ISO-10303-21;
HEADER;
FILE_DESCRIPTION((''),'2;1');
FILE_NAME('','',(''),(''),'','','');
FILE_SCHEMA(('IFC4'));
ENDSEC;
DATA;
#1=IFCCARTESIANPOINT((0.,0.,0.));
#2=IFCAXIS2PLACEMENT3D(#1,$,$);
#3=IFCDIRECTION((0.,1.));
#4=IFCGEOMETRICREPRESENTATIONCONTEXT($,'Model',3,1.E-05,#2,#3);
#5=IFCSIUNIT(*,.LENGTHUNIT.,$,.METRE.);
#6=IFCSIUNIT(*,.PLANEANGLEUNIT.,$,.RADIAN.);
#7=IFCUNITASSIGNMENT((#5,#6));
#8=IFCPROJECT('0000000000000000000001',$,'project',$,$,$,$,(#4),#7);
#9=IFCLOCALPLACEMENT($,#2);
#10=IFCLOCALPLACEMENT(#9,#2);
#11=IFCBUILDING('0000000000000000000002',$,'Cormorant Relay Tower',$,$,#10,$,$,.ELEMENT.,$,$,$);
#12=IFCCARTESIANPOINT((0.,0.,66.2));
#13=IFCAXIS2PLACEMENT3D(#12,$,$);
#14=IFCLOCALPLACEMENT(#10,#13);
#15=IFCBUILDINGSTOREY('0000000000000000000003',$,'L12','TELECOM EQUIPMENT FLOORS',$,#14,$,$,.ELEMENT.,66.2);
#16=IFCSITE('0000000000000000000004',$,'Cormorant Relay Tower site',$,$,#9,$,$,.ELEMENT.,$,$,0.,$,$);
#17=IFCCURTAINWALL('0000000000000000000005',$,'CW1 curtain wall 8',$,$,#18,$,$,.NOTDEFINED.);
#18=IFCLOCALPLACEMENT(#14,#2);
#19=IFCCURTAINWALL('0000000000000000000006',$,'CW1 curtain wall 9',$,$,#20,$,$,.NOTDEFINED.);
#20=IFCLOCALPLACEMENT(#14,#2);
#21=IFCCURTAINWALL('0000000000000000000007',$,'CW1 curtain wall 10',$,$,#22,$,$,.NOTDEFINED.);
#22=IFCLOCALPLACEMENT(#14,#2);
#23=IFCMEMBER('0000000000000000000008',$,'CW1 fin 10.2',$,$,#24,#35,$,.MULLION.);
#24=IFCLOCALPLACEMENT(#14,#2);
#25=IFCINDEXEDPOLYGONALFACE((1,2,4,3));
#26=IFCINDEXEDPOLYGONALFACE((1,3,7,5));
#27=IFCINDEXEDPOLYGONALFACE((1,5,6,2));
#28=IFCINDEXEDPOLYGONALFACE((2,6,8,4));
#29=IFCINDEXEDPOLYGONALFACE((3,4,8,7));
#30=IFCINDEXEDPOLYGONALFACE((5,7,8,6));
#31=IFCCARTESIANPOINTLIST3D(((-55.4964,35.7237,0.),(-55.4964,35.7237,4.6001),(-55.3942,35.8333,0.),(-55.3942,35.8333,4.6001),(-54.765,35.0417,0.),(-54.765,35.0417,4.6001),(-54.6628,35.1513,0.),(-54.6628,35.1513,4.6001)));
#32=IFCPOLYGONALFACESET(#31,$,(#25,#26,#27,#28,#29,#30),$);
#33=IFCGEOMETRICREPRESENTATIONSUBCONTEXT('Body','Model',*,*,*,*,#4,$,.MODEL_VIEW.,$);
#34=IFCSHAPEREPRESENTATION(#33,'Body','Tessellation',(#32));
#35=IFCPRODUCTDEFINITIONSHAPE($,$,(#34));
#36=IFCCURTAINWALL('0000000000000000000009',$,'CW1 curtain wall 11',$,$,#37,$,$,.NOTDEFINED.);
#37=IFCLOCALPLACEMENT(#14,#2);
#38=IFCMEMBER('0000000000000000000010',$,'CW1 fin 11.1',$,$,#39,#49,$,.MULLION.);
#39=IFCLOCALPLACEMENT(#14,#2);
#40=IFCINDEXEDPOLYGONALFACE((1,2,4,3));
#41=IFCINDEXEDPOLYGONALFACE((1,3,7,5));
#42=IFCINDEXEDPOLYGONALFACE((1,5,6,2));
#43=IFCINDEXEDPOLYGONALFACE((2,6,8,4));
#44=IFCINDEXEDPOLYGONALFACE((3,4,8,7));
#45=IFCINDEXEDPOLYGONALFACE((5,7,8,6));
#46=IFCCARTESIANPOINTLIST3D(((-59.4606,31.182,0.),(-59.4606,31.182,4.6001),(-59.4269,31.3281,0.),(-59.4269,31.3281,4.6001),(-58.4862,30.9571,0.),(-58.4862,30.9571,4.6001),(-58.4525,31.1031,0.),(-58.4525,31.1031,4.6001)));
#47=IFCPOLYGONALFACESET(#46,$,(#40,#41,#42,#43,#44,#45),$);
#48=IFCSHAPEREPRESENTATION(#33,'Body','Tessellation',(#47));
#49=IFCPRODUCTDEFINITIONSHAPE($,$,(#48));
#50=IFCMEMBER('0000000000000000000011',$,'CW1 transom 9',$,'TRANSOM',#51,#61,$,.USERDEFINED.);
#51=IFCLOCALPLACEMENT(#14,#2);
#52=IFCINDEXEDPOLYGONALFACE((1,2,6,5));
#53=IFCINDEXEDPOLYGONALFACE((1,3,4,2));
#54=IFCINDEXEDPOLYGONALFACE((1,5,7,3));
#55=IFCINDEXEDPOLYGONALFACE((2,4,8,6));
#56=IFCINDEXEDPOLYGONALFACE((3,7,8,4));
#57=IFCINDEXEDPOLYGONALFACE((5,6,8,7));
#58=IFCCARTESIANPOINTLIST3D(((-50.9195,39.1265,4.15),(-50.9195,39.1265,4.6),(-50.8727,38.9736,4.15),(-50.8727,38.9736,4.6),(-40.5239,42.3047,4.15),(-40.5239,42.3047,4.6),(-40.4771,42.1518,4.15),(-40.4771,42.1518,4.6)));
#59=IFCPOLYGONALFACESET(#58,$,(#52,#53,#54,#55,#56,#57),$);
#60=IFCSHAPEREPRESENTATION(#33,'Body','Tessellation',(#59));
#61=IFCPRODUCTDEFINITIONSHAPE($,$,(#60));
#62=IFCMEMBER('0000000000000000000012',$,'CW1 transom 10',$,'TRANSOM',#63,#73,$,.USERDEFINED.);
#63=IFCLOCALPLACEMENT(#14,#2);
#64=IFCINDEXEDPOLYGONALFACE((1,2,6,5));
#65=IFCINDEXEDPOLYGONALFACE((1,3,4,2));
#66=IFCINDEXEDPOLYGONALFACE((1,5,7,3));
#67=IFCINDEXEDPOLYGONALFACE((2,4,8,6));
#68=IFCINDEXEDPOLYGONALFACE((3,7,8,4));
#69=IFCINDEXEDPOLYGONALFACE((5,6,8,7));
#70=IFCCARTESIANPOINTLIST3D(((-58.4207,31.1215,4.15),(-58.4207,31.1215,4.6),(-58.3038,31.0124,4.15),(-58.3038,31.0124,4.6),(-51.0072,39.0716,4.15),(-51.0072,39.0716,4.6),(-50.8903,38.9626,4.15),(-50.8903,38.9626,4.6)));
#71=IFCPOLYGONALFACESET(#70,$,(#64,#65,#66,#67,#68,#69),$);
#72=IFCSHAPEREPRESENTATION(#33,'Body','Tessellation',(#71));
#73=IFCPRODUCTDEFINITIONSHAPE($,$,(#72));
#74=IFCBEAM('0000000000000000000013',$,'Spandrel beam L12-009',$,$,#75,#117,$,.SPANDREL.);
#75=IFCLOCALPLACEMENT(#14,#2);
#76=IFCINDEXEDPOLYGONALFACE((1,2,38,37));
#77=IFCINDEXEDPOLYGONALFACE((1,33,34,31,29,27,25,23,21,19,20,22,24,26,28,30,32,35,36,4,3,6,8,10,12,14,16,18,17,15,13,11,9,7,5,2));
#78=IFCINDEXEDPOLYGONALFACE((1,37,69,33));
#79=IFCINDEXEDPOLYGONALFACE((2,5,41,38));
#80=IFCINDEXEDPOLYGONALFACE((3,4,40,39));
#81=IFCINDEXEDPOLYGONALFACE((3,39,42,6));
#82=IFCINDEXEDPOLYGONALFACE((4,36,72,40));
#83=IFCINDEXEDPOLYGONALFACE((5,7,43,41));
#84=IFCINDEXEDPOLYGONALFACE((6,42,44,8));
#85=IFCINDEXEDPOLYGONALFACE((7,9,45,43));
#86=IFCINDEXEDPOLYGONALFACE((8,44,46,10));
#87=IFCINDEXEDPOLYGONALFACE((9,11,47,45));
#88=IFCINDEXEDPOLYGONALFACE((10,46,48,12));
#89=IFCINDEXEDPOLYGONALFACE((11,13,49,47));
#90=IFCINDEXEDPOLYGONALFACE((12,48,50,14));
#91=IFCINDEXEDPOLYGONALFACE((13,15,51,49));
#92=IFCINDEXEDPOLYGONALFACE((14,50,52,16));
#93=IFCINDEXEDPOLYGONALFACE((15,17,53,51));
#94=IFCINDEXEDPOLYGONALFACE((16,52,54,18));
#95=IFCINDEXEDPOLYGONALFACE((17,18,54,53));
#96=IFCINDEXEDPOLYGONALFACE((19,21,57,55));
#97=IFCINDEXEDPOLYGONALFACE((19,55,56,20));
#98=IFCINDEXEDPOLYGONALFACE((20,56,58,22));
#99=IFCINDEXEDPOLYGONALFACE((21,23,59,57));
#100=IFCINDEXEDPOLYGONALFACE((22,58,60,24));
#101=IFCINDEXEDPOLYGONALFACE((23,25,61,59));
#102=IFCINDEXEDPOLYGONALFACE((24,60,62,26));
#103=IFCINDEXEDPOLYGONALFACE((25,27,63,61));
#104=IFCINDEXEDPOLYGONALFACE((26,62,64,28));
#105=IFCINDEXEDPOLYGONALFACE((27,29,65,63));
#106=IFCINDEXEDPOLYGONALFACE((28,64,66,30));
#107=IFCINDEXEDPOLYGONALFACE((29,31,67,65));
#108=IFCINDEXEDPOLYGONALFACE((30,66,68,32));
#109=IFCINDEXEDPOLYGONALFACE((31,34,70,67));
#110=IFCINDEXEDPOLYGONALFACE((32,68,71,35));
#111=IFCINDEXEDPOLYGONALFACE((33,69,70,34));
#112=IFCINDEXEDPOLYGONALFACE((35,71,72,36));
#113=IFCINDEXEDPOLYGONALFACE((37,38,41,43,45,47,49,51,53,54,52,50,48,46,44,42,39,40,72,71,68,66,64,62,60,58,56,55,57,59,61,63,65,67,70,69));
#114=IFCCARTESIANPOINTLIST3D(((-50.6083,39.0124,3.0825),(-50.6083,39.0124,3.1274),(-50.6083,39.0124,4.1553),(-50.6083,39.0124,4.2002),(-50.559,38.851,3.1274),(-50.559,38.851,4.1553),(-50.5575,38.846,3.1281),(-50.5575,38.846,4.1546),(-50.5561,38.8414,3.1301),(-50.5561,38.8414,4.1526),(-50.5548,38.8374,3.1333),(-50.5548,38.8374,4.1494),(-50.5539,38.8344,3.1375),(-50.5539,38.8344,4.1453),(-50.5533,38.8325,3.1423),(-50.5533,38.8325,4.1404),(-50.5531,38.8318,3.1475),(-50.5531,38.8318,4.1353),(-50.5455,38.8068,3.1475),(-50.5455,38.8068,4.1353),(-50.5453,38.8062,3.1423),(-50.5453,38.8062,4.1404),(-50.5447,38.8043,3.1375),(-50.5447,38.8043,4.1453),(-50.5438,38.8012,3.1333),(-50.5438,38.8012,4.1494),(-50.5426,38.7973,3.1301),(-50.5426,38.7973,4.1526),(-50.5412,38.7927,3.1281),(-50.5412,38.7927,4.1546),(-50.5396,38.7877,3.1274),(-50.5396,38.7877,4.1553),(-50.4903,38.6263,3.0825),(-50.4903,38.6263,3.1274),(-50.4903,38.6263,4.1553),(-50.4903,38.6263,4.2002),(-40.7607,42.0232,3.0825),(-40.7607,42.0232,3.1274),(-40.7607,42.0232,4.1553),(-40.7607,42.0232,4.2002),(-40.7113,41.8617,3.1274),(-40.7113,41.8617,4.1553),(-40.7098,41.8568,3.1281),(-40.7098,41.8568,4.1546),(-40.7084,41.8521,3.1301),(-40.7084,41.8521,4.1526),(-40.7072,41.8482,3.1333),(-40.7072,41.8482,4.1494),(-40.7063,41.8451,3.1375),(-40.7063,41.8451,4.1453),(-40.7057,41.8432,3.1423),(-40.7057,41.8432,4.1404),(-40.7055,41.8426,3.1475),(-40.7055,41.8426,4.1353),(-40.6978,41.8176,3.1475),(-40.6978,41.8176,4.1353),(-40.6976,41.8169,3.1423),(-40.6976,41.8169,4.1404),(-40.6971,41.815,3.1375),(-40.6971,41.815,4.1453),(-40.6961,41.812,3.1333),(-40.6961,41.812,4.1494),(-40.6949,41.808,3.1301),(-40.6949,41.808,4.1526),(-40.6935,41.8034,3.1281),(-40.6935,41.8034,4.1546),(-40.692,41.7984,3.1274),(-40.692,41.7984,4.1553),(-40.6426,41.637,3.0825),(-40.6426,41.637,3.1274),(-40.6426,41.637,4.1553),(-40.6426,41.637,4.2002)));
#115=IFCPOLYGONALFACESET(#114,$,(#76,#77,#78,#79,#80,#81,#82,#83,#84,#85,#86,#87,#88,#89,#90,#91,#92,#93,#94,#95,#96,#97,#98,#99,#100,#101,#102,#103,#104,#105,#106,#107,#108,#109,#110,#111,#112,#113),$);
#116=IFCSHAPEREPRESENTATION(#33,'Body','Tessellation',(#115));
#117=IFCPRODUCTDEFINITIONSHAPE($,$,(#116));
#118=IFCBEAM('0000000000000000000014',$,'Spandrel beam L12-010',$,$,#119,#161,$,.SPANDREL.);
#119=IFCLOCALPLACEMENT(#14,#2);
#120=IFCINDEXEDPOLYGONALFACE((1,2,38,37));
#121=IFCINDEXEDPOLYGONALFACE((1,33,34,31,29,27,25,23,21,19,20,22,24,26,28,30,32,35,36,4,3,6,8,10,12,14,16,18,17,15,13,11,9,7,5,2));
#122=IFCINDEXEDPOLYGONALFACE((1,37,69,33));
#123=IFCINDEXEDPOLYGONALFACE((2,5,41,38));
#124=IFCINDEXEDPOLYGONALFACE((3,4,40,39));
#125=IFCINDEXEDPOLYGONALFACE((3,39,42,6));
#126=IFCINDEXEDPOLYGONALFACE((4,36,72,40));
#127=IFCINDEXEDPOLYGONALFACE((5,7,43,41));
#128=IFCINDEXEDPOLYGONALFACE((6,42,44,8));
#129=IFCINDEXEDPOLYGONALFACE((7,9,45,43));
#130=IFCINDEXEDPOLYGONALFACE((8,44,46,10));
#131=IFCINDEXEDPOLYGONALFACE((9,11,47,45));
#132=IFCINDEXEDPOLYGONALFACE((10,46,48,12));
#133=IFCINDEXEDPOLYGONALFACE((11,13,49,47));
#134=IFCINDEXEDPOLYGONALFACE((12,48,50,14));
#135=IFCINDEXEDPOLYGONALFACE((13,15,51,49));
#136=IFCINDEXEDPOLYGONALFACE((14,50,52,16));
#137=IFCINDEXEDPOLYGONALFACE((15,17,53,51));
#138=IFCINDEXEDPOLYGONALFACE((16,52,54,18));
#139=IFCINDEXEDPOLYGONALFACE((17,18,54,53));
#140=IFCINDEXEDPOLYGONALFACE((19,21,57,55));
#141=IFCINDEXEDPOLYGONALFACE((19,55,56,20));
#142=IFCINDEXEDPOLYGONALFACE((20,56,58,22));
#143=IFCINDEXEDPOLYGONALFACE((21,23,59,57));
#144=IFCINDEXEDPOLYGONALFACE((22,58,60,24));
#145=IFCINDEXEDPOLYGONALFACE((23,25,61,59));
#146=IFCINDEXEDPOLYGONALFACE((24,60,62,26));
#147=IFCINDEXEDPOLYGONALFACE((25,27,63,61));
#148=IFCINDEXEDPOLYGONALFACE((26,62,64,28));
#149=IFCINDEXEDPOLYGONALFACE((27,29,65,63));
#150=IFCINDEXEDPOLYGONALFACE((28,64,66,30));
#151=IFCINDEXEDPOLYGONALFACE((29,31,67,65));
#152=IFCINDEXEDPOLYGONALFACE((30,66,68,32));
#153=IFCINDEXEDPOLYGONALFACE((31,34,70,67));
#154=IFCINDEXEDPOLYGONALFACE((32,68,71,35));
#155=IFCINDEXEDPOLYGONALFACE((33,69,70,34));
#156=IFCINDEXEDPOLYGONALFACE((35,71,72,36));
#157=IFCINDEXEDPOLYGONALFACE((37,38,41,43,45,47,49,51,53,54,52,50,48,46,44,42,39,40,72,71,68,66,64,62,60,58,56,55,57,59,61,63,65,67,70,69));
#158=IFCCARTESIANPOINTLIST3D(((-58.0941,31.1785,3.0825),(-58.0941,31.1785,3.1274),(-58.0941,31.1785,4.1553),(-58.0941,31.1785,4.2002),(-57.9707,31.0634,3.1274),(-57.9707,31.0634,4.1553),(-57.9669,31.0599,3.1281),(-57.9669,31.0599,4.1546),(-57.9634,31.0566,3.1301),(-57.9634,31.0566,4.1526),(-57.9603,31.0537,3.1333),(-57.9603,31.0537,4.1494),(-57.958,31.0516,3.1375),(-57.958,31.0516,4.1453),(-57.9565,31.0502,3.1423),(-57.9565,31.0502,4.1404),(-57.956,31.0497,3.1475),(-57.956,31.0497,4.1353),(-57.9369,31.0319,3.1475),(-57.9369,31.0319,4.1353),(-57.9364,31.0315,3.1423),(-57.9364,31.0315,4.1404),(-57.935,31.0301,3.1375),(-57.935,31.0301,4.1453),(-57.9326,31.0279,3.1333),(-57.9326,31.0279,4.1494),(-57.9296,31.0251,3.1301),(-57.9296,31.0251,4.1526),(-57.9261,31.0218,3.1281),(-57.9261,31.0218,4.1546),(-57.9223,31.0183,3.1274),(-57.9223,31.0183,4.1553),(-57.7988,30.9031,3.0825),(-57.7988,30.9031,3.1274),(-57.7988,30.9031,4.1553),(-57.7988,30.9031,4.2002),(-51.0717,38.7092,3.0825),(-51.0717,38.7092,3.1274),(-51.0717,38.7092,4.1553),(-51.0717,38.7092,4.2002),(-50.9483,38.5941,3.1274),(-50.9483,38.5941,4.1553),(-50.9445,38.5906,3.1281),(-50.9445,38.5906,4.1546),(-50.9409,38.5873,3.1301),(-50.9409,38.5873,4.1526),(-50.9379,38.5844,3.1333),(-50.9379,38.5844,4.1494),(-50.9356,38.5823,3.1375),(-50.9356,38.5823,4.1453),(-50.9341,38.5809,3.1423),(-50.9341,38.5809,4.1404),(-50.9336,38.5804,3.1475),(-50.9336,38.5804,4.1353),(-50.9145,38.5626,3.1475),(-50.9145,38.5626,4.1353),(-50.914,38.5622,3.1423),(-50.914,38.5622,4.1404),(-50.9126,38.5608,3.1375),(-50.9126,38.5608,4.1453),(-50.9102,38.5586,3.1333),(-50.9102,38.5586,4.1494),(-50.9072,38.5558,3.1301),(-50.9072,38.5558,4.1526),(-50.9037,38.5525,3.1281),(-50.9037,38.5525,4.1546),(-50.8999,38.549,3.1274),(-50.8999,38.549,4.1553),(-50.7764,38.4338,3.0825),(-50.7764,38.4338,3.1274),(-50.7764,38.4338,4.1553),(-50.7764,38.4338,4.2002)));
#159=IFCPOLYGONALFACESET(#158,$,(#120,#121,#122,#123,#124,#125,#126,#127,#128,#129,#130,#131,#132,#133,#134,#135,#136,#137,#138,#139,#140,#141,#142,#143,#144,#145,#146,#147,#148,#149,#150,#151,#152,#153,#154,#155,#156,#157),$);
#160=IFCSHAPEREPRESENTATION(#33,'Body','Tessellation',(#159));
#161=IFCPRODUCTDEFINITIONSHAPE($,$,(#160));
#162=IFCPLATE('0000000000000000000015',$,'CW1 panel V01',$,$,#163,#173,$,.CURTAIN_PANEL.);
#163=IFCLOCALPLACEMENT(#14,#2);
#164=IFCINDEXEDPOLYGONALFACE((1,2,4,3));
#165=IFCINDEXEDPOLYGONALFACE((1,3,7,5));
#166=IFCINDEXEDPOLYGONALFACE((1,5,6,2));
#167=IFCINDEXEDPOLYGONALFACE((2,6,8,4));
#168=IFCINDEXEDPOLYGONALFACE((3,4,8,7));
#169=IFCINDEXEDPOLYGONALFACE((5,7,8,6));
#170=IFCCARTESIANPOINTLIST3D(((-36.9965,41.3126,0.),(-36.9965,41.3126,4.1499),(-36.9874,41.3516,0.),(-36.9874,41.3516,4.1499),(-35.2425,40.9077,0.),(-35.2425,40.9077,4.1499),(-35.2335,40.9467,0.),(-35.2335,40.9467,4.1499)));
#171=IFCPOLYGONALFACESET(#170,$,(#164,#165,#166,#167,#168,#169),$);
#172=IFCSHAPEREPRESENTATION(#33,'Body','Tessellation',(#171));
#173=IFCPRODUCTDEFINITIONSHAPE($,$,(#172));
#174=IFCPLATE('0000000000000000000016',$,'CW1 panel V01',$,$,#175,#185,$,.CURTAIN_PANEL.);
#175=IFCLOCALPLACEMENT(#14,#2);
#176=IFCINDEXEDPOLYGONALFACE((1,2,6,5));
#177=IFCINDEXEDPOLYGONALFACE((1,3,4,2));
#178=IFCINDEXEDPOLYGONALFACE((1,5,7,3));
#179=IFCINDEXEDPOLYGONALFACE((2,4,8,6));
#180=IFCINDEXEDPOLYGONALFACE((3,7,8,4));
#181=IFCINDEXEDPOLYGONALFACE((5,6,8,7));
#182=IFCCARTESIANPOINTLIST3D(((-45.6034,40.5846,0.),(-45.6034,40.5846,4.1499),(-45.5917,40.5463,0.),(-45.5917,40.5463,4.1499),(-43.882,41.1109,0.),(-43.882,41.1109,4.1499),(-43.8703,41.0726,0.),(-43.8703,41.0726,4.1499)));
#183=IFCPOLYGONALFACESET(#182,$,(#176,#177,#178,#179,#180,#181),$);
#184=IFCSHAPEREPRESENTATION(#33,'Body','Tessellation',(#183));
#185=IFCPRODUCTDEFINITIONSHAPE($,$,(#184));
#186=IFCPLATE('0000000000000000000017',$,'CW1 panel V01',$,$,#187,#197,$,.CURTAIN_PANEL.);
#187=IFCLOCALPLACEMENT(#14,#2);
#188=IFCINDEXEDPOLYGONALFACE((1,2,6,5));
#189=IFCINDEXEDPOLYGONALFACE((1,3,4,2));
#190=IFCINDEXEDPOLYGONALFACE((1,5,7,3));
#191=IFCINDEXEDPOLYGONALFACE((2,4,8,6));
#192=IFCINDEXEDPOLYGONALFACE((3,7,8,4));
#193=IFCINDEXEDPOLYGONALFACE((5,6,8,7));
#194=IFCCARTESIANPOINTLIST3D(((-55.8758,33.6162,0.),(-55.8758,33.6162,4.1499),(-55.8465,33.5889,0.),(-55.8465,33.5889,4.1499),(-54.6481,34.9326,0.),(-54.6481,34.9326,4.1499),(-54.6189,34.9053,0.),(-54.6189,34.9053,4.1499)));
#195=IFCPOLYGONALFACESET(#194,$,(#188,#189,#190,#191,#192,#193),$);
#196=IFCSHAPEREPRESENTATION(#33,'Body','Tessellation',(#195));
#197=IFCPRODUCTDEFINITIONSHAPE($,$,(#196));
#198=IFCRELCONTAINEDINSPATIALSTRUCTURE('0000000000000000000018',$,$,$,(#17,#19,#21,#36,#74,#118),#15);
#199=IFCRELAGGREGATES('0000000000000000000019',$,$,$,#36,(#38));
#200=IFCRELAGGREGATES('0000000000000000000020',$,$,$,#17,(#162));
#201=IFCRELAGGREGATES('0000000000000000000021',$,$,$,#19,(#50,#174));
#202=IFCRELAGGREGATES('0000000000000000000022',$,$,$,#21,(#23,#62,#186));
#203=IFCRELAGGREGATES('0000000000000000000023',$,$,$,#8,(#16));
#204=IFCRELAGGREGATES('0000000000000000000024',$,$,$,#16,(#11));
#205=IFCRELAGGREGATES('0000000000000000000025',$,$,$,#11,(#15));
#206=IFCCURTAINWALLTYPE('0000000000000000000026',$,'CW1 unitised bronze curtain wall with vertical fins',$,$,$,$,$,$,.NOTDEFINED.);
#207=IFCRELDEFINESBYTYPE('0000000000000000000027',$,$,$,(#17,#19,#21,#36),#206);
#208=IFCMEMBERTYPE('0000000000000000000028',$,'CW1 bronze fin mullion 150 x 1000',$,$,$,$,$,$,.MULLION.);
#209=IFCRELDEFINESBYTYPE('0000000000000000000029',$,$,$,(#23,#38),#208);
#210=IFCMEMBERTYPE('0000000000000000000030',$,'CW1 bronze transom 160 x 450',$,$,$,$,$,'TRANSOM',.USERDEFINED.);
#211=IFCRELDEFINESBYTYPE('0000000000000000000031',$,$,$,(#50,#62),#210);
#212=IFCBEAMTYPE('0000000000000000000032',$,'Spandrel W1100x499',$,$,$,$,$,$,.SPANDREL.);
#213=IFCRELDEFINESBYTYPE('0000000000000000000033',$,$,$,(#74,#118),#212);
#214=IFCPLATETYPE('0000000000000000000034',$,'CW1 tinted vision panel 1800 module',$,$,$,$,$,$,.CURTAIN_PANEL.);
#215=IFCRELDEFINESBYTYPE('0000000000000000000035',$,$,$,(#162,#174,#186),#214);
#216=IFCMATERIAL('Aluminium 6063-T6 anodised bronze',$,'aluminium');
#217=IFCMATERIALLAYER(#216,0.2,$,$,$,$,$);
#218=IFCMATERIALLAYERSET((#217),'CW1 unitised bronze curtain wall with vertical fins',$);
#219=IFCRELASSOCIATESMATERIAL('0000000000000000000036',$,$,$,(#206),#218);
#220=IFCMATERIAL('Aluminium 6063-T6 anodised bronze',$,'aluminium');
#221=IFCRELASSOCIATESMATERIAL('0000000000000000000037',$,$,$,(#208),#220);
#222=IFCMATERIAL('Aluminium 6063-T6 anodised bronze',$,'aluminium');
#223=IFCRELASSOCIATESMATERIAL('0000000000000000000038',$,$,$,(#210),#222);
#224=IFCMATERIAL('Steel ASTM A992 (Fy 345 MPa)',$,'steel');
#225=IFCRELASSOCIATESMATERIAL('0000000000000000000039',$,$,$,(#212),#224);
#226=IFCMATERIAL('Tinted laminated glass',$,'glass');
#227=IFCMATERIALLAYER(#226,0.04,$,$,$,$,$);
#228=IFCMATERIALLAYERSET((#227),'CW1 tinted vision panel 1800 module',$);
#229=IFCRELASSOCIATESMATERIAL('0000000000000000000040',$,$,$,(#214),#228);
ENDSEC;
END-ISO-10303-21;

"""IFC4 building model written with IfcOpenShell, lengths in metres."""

from ifc_helpers import new_model, si_unit, direction, frame, origin, origin_2d, place, context, subcontext, project, spatial, rectangle, i_section, extrude, material, layer, layer_set, material_profile, profile_set, type_object, element, aggregate, save


model = new_model("IFC4")

# Units and contexts
model_context = context("Model", 3, precision=1e-05, world=origin(), true_north=direction((0.0, 1.0)))
body_context = subcontext(model_context, "Body", "Model", "MODEL_VIEW")
ifc_project = project(units=[si_unit("LENGTHUNIT", "METRE"), si_unit("PLANEANGLEUNIT", "RADIAN")], contexts=[model_context])

# Site, building, storey
site_placement = place(None, origin())
site = spatial("IfcSite", under=ifc_project, at=site_placement, Name="Cormorant Relay Tower site", CompositionType="ELEMENT", RefElevation=0.0)
building_placement = place(site_placement, origin())
building = spatial("IfcBuilding", under=site, at=building_placement, Name="Cormorant Relay Tower", CompositionType="ELEMENT")
storey_placement = place(building_placement, frame((0.0, 0.0, 66.2)))
storey = spatial("IfcBuildingStorey", under=building, at=storey_placement, Name="L12", Description="TELECOM EQUIPMENT FLOORS", CompositionType="ELEMENT", Elevation=66.2)

# Curtain wall
ifc_material_1 = material(Name="Aluminium 6063-T6 anodised bronze", Category="aluminium")
ifc_layer_1 = layer(ifc_material_1, 0.2)
ifc_layer_set_1 = layer_set([ifc_layer_1], Name="CW1 unitised bronze curtain wall with vertical fins")
curtain_wall_type = type_object("IfcCurtainWallType", Name="CW1 unitised bronze curtain wall with vertical fins", PredefinedType="NOTDEFINED", material=ifc_layer_set_1)
curtain_wall_1_placement = place(storey_placement, origin())
curtain_wall_1 = element("IfcCurtainWall", 1, at=curtain_wall_1_placement, inside=storey, type_object=curtain_wall_type, Name="CW1 curtain wall 8", PredefinedType="NOTDEFINED")
ifc_material_2 = material(Name="Aluminium 6063-T6 anodised bronze", Category="aluminium")
ifc_material_profile_1 = material_profile(ifc_material_2, rectangle(XDim=0.1499, YDim=1.0, at=origin_2d()), Name="AL 150x1000")
ifc_profile_set_1 = profile_set([ifc_material_profile_1], Name="Aluminium 6063-T6 anodised bronze")
member_type_1 = type_object("IfcMemberType", Name="CW1 bronze fin mullion 150 x 1000", PredefinedType="MULLION", material=ifc_profile_set_1)

# Curtain walls, member
curtain_wall_2_placement = place(storey_placement, origin())
curtain_wall_2 = element("IfcCurtainWall", 2, at=curtain_wall_2_placement, inside=storey, type_object=curtain_wall_type, Name="CW1 curtain wall 9", PredefinedType="NOTDEFINED")
curtain_wall_3_placement = place(storey_placement, origin())
curtain_wall_3 = element("IfcCurtainWall", 3, at=curtain_wall_3_placement, inside=storey, type_object=curtain_wall_type, Name="CW1 curtain wall 10", PredefinedType="NOTDEFINED")
member_1_placement = place(storey_placement, frame((-55.0796, 35.4375, 0.0), z_axis=(0.0, 0.0, 1.0), x_axis=(-0.681998, -0.731354, 0.0)))
member_1 = element("IfcMember", 4, at=member_1_placement, type_object=member_type_1, Name="CW1 fin 10.2", PredefinedType="MULLION", context=body_context, shape_type="SweptSolid", body=[
    extrude(rectangle(XDim=0.1499, YDim=1.0, at=origin_2d()), origin(), (0.0, 0.0, 1.0), 4.6001),
])

# Curtain wall, member
curtain_wall_4_placement = place(storey_placement, origin())
curtain_wall_4 = element("IfcCurtainWall", 5, at=curtain_wall_4_placement, inside=storey, type_object=curtain_wall_type, Name="CW1 curtain wall 11", PredefinedType="NOTDEFINED")
member_2_placement = place(storey_placement, frame((-58.9565, 31.1426, 0.0), z_axis=(0.0, 0.0, 1.0), x_axis=(-0.224951, -0.97437, 0.0)))
member_2 = element("IfcMember", 6, at=member_2_placement, type_object=member_type_1, Name="CW1 fin 11.1", PredefinedType="MULLION", context=body_context, shape_type="SweptSolid", body=[
    extrude(rectangle(XDim=0.1499, YDim=1.0, at=origin_2d()), origin(), (0.0, 0.0, 1.0), 4.6001),
])
aggregate(curtain_wall_4, [member_2])

# Members
ifc_material_3 = material(Name="Aluminium 6063-T6 anodised bronze", Category="aluminium")
ifc_material_profile_2 = material_profile(ifc_material_3, rectangle(XDim=0.1599, YDim=0.45, at=origin_2d()), Name="AL 160x450")
ifc_profile_set_2 = profile_set([ifc_material_profile_2], Name="Aluminium 6063-T6 anodised bronze")
member_type_2 = type_object("IfcMemberType", Name="CW1 bronze transom 160 x 450", ElementType="TRANSOM", PredefinedType="USERDEFINED", material=ifc_profile_set_2)
member_3_placement = place(storey_placement, frame((-40.5005, 42.2283, 4.375), z_axis=(-0.956305, -0.292371, 0.0), x_axis=(0.292371, -0.956305, 0.0)))
member_3 = element("IfcMember", 7, at=member_3_placement, type_object=member_type_2, Name="CW1 transom 9", ObjectType="TRANSOM", PredefinedType="USERDEFINED", context=body_context, shape_type="SweptSolid", body=[
    extrude(rectangle(XDim=0.1599, YDim=0.45, at=origin_2d()), origin(), (0.0, 0.0, 1.0), 10.8706),
])
member_4_placement = place(storey_placement, frame((-50.9487, 39.0171, 4.375), z_axis=(-0.681993, -0.731358, 0.0), x_axis=(0.731358, -0.681993, 0.0)))
member_4 = element("IfcMember", 8, at=member_4_placement, type_object=member_type_2, Name="CW1 transom 10", ObjectType="TRANSOM", PredefinedType="USERDEFINED", context=body_context, shape_type="SweptSolid", body=[
    extrude(rectangle(XDim=0.1599, YDim=0.45, at=origin_2d()), origin(), (0.0, 0.0, 1.0), 10.8704),
])

# Beams
ifc_material_4 = material(Name="Steel ASTM A992 (Fy 345 MPa)", Category="steel")
ifc_material_profile_3 = material_profile(ifc_material_4, i_section(OverallWidth=0.4038, OverallDepth=1.1177, WebThickness=0.0261, FlangeThickness=0.0449, FilletRadius=0.02, at=origin_2d()), Name="W1100x499")
ifc_profile_set_3 = profile_set([ifc_material_profile_3], Name="Steel ASTM A992 (Fy 345 MPa)")
beam_type = type_object("IfcBeamType", Name="Spandrel W1100x499", PredefinedType="SPANDREL", material=ifc_profile_set_3)
beam_1_placement = place(storey_placement, frame((-40.7017, 41.8301, 3.6414), z_axis=(-0.956304, -0.292373, 0.0), x_axis=(0.292373, -0.956304, 0.0)))
element("IfcBeam", 9, at=beam_1_placement, inside=storey, type_object=beam_type, Name="Spandrel beam L12-009", PredefinedType="SPANDREL", context=body_context, shape_type="SweptSolid", body=[
    extrude(i_section(OverallWidth=0.4038, OverallDepth=1.1177, WebThickness=0.0261, FlangeThickness=0.0449, FilletRadius=0.02, at=origin_2d()), origin(), (0.0, 0.0, 1.0), 10.2976),
])
beam_2_placement = place(storey_placement, frame((-50.9241, 38.5715, 3.6414), z_axis=(-0.681994, -0.731358, 0.0), x_axis=(0.731358, -0.681994, 0.0)))
element("IfcBeam", 10, at=beam_2_placement, inside=storey, type_object=beam_type, Name="Spandrel beam L12-010", PredefinedType="SPANDREL", context=body_context, shape_type="SweptSolid", body=[
    extrude(i_section(OverallWidth=0.4038, OverallDepth=1.1177, WebThickness=0.0261, FlangeThickness=0.0449, FilletRadius=0.02, at=origin_2d()), origin(), (0.0, 0.0, 1.0), 10.2969),
])

# Plates
ifc_material_5 = material(Name="Tinted laminated glass", Category="glass")
ifc_layer_2 = layer(ifc_material_5, 0.04)
ifc_layer_set_2 = layer_set([ifc_layer_2], Name="CW1 tinted vision panel 1800 module")
plate_type = type_object("IfcPlateType", Name="CW1 tinted vision panel 1800 module", PredefinedType="CURTAIN_PANEL", material=ifc_layer_set_2)
plate_1_placement = place(storey_placement, frame((-36.115, 41.1296, 0.0), z_axis=(0.0, 0.0, 1.0), x_axis=(-0.97437, 0.224951, 0.0)))
plate_1 = element("IfcPlate", 11, at=plate_1_placement, type_object=plate_type, Name="CW1 panel V01", PredefinedType="CURTAIN_PANEL", context=body_context, shape_type="SweptSolid", body=[
    extrude(rectangle(XDim=1.8, YDim=0.04, at=origin_2d()), origin(), (0.0, 0.0, 1.0), 4.1499),
])
plate_2_placement = place(storey_placement, frame((-44.7368, 40.8286, 0.0), z_axis=(0.0, 0.0, 1.0), x_axis=(-0.956305, -0.292372, 0.0)))
plate_2 = element("IfcPlate", 12, at=plate_2_placement, type_object=plate_type, Name="CW1 panel V01", PredefinedType="CURTAIN_PANEL", context=body_context, shape_type="SweptSolid", body=[
    extrude(rectangle(XDim=1.8, YDim=0.04, at=origin_2d()), origin(), (0.0, 0.0, 1.0), 4.1499),
])
plate_3_placement = place(storey_placement, frame((-55.2473, 34.2607, 0.0), z_axis=(0.0, 0.0, 1.0), x_axis=(-0.681998, -0.731354, 0.0)))
plate_3 = element("IfcPlate", 13, at=plate_3_placement, type_object=plate_type, Name="CW1 panel V01", PredefinedType="CURTAIN_PANEL", context=body_context, shape_type="SweptSolid", body=[
    extrude(rectangle(XDim=1.8, YDim=0.04, at=origin_2d()), origin(), (0.0, 0.0, 1.0), 4.1499),
])

aggregate(curtain_wall_1, [plate_1])
aggregate(curtain_wall_2, [member_3, plate_2])
aggregate(curtain_wall_3, [member_1, member_4, plate_3])

save(model, "model.ifc")
